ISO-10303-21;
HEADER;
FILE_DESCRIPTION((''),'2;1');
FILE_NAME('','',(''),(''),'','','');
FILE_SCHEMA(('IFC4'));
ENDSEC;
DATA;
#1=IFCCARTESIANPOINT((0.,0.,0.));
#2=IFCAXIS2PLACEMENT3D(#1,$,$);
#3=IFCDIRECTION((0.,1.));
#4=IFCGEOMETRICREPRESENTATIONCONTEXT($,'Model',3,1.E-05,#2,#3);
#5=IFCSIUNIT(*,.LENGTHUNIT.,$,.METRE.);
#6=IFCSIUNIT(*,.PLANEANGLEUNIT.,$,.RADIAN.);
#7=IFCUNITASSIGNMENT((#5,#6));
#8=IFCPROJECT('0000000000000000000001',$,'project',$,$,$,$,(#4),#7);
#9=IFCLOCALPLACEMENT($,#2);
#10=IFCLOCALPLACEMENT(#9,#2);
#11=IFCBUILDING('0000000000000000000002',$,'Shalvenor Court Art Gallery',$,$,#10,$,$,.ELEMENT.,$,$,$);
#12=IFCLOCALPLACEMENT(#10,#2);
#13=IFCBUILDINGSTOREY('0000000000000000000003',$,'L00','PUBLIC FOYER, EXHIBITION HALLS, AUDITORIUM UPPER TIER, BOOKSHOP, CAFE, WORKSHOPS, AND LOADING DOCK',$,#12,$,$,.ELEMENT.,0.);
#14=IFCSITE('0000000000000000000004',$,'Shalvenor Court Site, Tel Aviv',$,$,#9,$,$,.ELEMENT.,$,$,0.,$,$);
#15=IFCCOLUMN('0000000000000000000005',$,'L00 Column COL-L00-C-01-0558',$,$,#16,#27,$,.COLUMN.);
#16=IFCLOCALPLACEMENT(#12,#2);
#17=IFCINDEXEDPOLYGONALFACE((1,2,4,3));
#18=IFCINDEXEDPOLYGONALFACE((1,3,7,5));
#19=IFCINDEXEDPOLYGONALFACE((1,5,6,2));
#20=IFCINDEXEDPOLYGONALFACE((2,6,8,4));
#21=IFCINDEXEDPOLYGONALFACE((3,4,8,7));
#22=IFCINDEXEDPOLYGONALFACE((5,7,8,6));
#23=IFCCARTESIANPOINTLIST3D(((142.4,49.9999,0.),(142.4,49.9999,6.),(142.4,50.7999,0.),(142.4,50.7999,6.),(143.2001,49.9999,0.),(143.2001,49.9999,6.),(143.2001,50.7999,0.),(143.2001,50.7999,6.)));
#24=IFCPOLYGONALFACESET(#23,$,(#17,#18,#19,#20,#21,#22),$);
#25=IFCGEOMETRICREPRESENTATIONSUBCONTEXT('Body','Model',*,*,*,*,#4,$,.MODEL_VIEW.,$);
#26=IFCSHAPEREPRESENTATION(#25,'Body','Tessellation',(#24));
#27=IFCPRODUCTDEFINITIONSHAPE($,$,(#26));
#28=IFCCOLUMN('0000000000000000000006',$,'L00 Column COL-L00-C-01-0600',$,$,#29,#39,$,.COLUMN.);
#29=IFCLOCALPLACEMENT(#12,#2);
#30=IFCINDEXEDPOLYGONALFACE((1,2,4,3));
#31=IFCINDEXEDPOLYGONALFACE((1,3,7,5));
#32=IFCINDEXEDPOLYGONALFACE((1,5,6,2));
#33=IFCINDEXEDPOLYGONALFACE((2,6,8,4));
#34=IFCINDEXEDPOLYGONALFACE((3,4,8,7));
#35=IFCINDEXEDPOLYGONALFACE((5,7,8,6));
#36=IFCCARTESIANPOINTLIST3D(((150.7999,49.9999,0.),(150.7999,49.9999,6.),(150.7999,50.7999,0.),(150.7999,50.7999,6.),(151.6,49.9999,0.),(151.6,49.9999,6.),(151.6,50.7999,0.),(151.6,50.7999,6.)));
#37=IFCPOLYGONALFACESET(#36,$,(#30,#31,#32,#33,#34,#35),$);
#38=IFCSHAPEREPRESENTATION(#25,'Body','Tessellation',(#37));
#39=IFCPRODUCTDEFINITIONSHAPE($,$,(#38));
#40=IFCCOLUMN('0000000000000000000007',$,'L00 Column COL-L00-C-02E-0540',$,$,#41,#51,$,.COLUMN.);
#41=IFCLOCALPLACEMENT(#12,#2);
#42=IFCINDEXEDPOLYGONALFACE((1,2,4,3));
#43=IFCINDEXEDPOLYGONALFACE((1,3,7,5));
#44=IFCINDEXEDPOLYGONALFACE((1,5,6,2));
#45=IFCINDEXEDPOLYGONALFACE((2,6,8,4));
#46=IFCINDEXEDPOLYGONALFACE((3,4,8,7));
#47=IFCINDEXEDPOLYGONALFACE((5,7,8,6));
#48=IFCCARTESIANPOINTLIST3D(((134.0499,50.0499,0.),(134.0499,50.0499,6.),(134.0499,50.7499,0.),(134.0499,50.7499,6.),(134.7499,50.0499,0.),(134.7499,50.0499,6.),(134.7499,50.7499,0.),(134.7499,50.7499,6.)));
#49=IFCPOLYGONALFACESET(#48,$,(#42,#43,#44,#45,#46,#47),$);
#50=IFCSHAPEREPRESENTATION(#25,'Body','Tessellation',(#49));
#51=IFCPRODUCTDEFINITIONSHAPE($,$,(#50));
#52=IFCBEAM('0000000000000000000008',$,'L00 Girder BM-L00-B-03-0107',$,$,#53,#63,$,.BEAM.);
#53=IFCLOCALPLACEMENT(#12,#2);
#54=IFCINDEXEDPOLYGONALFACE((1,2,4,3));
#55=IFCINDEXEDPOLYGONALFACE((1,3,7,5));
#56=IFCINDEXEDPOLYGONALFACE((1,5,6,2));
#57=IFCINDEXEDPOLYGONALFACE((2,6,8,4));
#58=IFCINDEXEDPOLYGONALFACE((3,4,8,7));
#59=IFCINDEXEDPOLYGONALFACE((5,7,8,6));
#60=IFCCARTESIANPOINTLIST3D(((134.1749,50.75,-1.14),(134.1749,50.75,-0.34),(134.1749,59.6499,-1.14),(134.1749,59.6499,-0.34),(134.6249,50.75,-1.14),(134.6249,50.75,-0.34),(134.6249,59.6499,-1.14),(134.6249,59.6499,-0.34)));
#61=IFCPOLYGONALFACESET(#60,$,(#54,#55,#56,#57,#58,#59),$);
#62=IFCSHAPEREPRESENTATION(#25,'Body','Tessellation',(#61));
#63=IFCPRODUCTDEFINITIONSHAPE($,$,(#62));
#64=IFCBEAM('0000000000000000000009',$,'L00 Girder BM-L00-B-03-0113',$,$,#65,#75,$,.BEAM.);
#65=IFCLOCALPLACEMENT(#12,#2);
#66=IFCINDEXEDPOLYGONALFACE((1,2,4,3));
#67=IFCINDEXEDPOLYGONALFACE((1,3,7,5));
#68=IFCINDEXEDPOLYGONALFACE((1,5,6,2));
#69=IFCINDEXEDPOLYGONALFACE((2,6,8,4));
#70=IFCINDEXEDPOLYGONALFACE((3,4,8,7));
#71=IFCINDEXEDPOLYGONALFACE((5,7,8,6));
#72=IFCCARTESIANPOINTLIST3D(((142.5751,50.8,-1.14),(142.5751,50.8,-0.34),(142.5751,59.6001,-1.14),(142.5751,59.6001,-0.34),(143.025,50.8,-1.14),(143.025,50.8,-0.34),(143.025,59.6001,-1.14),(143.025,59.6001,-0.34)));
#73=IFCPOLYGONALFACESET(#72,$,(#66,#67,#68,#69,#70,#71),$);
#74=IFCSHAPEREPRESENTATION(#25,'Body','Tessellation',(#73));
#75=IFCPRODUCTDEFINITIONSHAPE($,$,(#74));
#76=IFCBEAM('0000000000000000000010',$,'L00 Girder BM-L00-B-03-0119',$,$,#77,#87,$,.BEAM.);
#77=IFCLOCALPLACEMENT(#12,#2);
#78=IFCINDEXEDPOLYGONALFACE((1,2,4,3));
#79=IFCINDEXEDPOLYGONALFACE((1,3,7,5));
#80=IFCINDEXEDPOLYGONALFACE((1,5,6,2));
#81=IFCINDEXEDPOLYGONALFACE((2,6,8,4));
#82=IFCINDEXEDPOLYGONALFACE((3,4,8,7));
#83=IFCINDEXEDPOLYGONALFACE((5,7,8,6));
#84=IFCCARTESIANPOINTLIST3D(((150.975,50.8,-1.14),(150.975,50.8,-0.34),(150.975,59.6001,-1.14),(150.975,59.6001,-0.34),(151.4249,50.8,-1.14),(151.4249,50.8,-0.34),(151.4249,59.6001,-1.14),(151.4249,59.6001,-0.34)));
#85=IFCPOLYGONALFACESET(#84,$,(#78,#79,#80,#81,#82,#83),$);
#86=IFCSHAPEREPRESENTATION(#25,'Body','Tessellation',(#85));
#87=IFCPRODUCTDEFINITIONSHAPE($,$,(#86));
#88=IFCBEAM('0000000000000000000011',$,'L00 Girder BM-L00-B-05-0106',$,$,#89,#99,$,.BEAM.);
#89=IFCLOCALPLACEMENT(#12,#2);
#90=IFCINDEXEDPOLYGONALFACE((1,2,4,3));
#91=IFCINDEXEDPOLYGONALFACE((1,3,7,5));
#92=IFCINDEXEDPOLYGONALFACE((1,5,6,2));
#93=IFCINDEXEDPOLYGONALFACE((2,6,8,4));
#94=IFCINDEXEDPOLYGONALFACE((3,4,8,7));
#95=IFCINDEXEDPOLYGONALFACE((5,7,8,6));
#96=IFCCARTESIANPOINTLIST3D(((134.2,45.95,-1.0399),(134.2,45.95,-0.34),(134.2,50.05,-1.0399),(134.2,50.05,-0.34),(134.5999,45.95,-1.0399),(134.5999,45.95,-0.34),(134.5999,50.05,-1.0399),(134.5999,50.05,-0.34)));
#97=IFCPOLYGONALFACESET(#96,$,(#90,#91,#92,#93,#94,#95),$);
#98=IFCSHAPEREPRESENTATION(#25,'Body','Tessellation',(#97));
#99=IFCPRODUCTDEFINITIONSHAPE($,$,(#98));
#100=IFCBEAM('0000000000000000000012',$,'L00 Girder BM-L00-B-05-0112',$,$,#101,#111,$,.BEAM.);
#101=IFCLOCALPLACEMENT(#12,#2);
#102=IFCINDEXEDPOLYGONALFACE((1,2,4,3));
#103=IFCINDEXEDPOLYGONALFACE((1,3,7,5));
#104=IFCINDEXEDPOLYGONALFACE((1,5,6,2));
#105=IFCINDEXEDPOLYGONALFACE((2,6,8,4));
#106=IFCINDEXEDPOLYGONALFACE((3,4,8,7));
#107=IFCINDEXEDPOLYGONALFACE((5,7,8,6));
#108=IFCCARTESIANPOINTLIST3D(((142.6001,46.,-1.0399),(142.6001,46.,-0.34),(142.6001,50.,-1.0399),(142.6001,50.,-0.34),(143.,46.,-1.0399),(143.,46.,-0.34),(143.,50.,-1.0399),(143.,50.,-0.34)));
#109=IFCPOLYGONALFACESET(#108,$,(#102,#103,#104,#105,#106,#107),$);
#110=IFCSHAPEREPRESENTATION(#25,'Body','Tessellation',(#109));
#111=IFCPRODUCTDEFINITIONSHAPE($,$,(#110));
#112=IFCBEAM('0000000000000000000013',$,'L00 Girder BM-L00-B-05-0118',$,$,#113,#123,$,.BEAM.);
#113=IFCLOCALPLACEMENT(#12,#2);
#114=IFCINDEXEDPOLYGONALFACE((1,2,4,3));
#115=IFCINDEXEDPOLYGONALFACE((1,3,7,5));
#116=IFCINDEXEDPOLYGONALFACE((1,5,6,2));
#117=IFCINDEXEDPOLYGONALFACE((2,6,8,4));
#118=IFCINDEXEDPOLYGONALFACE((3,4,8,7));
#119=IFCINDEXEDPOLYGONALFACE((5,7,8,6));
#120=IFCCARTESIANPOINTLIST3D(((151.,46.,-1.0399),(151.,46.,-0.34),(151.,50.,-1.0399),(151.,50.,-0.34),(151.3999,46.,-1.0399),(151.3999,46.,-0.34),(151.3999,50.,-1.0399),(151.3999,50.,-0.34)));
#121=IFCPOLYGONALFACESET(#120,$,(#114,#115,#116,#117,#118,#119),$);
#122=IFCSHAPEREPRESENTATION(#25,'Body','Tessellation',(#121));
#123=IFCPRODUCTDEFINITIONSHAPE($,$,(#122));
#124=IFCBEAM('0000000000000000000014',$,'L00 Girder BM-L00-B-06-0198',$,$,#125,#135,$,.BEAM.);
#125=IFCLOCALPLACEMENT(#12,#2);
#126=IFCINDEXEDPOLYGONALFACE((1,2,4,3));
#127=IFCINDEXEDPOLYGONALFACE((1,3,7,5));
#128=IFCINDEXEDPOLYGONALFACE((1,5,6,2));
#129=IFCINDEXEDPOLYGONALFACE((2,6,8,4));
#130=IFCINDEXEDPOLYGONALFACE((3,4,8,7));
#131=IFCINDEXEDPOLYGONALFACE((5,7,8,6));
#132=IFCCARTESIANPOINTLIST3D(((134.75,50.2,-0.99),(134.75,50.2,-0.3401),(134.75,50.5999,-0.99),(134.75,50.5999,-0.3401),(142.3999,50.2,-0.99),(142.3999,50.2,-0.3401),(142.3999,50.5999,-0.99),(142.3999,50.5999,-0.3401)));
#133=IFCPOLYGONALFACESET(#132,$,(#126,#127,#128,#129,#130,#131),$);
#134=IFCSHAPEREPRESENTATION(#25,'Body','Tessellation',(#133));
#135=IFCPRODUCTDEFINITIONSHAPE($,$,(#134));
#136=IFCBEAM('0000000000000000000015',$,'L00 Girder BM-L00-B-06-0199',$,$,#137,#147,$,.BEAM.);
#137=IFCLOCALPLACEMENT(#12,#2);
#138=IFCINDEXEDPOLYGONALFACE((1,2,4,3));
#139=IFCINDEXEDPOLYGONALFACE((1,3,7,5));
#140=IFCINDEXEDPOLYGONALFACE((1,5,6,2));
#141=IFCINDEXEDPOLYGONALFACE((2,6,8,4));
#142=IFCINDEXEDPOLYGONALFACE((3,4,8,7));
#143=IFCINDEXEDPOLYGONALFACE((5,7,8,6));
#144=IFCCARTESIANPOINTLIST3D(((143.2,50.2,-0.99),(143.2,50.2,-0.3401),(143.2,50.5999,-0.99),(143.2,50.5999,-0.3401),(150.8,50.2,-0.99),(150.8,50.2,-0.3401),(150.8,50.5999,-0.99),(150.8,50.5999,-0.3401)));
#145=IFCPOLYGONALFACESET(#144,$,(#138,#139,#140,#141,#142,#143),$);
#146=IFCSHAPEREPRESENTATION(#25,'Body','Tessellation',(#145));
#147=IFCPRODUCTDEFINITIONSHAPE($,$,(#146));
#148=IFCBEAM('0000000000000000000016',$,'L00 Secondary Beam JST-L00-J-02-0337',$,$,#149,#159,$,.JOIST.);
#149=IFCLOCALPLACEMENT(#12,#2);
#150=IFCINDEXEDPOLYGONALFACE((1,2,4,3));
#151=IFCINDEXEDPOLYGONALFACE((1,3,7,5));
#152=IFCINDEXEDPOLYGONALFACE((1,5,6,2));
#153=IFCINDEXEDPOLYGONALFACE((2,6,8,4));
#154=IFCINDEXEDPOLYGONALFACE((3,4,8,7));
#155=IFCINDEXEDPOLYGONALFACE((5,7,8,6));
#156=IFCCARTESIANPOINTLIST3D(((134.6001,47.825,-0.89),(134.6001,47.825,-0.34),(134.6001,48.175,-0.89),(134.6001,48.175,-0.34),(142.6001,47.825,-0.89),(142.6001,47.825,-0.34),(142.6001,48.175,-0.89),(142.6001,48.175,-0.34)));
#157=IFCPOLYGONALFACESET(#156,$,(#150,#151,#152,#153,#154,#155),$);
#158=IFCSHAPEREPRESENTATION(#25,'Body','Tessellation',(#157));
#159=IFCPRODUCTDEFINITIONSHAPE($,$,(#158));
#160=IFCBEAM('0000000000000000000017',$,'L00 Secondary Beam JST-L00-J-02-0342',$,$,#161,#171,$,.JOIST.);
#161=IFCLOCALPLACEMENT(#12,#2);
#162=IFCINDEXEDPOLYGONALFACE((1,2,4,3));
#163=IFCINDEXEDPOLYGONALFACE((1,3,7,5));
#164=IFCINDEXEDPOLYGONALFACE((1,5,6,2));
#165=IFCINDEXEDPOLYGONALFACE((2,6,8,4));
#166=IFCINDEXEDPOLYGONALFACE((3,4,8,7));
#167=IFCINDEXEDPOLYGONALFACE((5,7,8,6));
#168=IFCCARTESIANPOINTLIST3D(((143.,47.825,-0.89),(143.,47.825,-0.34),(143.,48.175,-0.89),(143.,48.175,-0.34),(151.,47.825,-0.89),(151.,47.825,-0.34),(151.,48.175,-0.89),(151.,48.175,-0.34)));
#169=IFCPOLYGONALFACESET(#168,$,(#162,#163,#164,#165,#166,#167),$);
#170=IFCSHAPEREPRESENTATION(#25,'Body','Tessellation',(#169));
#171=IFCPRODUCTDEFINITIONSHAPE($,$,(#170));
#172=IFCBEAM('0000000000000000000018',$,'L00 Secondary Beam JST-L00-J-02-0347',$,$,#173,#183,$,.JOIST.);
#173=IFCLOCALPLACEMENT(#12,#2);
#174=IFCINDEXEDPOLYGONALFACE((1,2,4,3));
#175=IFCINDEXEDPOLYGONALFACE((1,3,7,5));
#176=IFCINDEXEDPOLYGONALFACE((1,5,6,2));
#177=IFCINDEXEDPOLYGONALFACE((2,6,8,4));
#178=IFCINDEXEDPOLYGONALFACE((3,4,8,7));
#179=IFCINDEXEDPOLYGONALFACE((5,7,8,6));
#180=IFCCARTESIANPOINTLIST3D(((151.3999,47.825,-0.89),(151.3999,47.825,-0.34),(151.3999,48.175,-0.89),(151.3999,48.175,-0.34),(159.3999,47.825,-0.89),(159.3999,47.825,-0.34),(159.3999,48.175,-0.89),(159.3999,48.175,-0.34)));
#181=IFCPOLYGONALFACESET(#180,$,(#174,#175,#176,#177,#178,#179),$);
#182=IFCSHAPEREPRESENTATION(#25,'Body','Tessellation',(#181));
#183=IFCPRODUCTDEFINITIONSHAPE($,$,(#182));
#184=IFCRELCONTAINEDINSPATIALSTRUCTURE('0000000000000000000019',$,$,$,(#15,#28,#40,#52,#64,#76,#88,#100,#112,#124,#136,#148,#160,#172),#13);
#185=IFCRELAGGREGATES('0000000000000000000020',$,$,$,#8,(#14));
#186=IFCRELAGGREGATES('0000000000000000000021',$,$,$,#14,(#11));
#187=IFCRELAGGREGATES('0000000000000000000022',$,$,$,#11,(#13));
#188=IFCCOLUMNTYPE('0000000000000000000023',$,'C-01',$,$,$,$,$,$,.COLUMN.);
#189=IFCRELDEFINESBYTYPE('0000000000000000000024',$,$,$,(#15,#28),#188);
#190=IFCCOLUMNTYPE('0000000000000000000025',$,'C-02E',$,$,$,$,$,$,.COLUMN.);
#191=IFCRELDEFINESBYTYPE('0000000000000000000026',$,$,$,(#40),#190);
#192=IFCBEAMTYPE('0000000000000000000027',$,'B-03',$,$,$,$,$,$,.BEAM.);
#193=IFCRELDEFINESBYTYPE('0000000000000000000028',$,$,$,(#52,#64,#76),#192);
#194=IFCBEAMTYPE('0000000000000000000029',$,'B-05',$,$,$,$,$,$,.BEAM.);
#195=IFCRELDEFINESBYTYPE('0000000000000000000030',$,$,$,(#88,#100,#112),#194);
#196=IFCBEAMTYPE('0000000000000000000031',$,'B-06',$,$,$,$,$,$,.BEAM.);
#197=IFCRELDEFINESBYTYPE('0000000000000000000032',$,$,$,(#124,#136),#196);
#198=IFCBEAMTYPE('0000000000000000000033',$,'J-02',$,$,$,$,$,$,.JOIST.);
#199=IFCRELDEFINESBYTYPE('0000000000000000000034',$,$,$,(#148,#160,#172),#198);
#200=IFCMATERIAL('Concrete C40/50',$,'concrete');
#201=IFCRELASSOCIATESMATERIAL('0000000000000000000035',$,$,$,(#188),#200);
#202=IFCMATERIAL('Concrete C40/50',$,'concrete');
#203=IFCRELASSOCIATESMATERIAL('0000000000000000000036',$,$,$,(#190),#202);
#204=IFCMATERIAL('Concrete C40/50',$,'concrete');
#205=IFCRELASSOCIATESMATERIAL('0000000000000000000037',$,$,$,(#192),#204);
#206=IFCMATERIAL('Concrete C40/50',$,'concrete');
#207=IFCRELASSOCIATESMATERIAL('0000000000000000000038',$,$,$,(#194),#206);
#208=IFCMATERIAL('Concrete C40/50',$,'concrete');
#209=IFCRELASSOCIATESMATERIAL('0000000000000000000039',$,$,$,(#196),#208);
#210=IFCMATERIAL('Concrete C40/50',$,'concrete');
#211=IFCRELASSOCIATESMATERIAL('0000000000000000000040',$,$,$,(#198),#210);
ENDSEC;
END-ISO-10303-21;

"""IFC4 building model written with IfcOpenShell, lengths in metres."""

from ifc_helpers import new_model, si_unit, direction, frame, origin, origin_2d, place, context, subcontext, project, spatial, rectangle, extrude, material, material_profile, profile_set, type_object, element, save


model = new_model("IFC4")

# Units and contexts
model_context = context("Model", 3, precision=1e-05, world=origin(), true_north=direction((0.0, 1.0)))
body_context = subcontext(model_context, "Body", "Model", "MODEL_VIEW")
ifc_project = project(units=[si_unit("LENGTHUNIT", "METRE"), si_unit("PLANEANGLEUNIT", "RADIAN")], contexts=[model_context])

# Site, building, storey
site_placement = place(None, origin())
site = spatial("IfcSite", under=ifc_project, at=site_placement, Name="Shalvenor Court Site, Tel Aviv", CompositionType="ELEMENT", RefElevation=0.0)
building_placement = place(site_placement, origin())
building = spatial("IfcBuilding", under=site, at=building_placement, Name="Shalvenor Court Art Gallery", CompositionType="ELEMENT")
storey_placement = place(building_placement, origin())
storey = spatial("IfcBuildingStorey", under=building, at=storey_placement, Name="L00", Description="PUBLIC FOYER, EXHIBITION HALLS, AUDITORIUM UPPER TIER, BOOKSHOP, CAFE, WORKSHOPS, AND LOADING DOCK", CompositionType="ELEMENT", Elevation=0.0)

# Columns
ifc_material_1 = material(Name="Concrete C40/50", Category="concrete")
ifc_material_profile_1 = material_profile(ifc_material_1, rectangle(XDim=0.8, YDim=0.8, at=origin_2d()), Name="RC 800x800")
ifc_profile_set_1 = profile_set([ifc_material_profile_1], Name="Concrete C40/50")
column_type_1 = type_object("IfcColumnType", Name="C-01", PredefinedType="COLUMN", material=ifc_profile_set_1)
for number, where, z_axis, x_axis, name in (
    (1, (142.8, 50.3999, 0.0), (0.0, 0.0, 1.0), (1.0, 0.0, 0.0), "L00 Column COL-L00-C-01-0558"),
    (2, (151.2, 50.3999, 0.0), (0.0, 0.0, 1.0), (1.0, 0.0, 0.0), "L00 Column COL-L00-C-01-0600"),
):
    element("IfcColumn", number, at=place(storey_placement, frame(where, z_axis=z_axis, x_axis=x_axis)), inside=storey, type_object=column_type_1, Name=name, PredefinedType="COLUMN", context=body_context, shape_type="SweptSolid", body=[
        extrude(rectangle(XDim=0.8, YDim=0.8, at=origin_2d()), origin(), (0.0, 0.0, 1.0), 6.0),
    ])
ifc_material_2 = material(Name="Concrete C40/50", Category="concrete")
ifc_material_profile_2 = material_profile(ifc_material_2, rectangle(XDim=0.7, YDim=0.7, at=origin_2d()), Name="RC 700x700")
ifc_profile_set_2 = profile_set([ifc_material_profile_2], Name="Concrete C40/50")
column_type_2 = type_object("IfcColumnType", Name="C-02E", PredefinedType="COLUMN", material=ifc_profile_set_2)
column_placement = place(storey_placement, frame((134.3999, 50.3999, 0.0), z_axis=(0.0, 0.0, 1.0), x_axis=(1.0, 0.0, 0.0)))
element("IfcColumn", 3, at=column_placement, inside=storey, type_object=column_type_2, Name="L00 Column COL-L00-C-02E-0540", PredefinedType="COLUMN", context=body_context, shape_type="SweptSolid", body=[
    extrude(rectangle(XDim=0.7, YDim=0.7, at=origin_2d()), origin(), (0.0, 0.0, 1.0), 6.0),
])

# Beams
ifc_material_3 = material(Name="Concrete C40/50", Category="concrete")
ifc_material_profile_3 = material_profile(ifc_material_3, rectangle(XDim=0.45, YDim=0.8, at=origin_2d()), Name="RC 450x800")
ifc_profile_set_3 = profile_set([ifc_material_profile_3], Name="Concrete C40/50")
beam_type_1 = type_object("IfcBeamType", Name="B-03", PredefinedType="BEAM", material=ifc_profile_set_3)
beam_1_placement = place(storey_placement, frame((134.3999, 50.75, -0.74), z_axis=(0.0, 1.0, 0.0), x_axis=(-1.0, 0.0, 0.0)))
element("IfcBeam", 4, at=beam_1_placement, inside=storey, type_object=beam_type_1, Name="L00 Girder BM-L00-B-03-0107", PredefinedType="BEAM", context=body_context, shape_type="SweptSolid", body=[
    extrude(rectangle(XDim=0.45, YDim=0.8, at=origin_2d()), origin(), (0.0, 0.0, 1.0), 8.8999),
])
for number, where, z_axis, x_axis, name in (
    (5, (142.8, 50.8, -0.74), (0.0, 1.0, 0.0), (-1.0, 0.0, 0.0), "L00 Girder BM-L00-B-03-0113"),
    (6, (151.2, 50.8, -0.74), (0.0, 1.0, 0.0), (-1.0, 0.0, 0.0), "L00 Girder BM-L00-B-03-0119"),
):
    element("IfcBeam", number, at=place(storey_placement, frame(where, z_axis=z_axis, x_axis=x_axis)), inside=storey, type_object=beam_type_1, Name=name, PredefinedType="BEAM", context=body_context, shape_type="SweptSolid", body=[
        extrude(rectangle(XDim=0.45, YDim=0.8, at=origin_2d()), origin(), (0.0, 0.0, 1.0), 8.8),
    ])
ifc_material_4 = material(Name="Concrete C40/50", Category="concrete")
ifc_material_profile_4 = material_profile(ifc_material_4, rectangle(XDim=0.3999, YDim=0.7, at=origin_2d()), Name="RC 400x700")
ifc_profile_set_4 = profile_set([ifc_material_profile_4], Name="Concrete C40/50")
beam_type_2 = type_object("IfcBeamType", Name="B-05", PredefinedType="BEAM", material=ifc_profile_set_4)
beam_2_placement = place(storey_placement, frame((134.3999, 45.95, -0.6899), z_axis=(0.0, 1.0, 0.0), x_axis=(-1.0, 0.0, 0.0)))
element("IfcBeam", 7, at=beam_2_placement, inside=storey, type_object=beam_type_2, Name="L00 Girder BM-L00-B-05-0106", PredefinedType="BEAM", context=body_context, shape_type="SweptSolid", body=[
    extrude(rectangle(XDim=0.3999, YDim=0.7, at=origin_2d()), origin(), (0.0, 0.0, 1.0), 4.1001),
])
for number, where, z_axis, x_axis, name in (
    (8, (142.8, 46.0, -0.6899), (0.0, 1.0, 0.0), (-1.0, 0.0, 0.0), "L00 Girder BM-L00-B-05-0112"),
    (9, (151.2, 46.0, -0.6899), (0.0, 1.0, 0.0), (-1.0, 0.0, 0.0), "L00 Girder BM-L00-B-05-0118"),
):
    element("IfcBeam", number, at=place(storey_placement, frame(where, z_axis=z_axis, x_axis=x_axis)), inside=storey, type_object=beam_type_2, Name=name, PredefinedType="BEAM", context=body_context, shape_type="SweptSolid", body=[
        extrude(rectangle(XDim=0.3999, YDim=0.7, at=origin_2d()), origin(), (0.0, 0.0, 1.0), 4.0),
    ])
ifc_material_5 = material(Name="Concrete C40/50", Category="concrete")
ifc_material_profile_5 = material_profile(ifc_material_5, rectangle(XDim=0.3999, YDim=0.6499, at=origin_2d()), Name="RC 400x650")
ifc_profile_set_5 = profile_set([ifc_material_profile_5], Name="Concrete C40/50")
beam_type_3 = type_object("IfcBeamType", Name="B-06", PredefinedType="BEAM", material=ifc_profile_set_5)
beam_3_placement = place(storey_placement, frame((134.75, 50.3999, -0.665), z_axis=(1.0, 0.0, 0.0), x_axis=(0.0, 1.0, 0.0)))
element("IfcBeam", 10, at=beam_3_placement, inside=storey, type_object=beam_type_3, Name="L00 Girder BM-L00-B-06-0198", PredefinedType="BEAM", context=body_context, shape_type="SweptSolid", body=[
    extrude(rectangle(XDim=0.3999, YDim=0.6499, at=origin_2d()), origin(), (0.0, 0.0, 1.0), 7.6499),
])
beam_4_placement = place(storey_placement, frame((143.2, 50.3999, -0.665), z_axis=(1.0, 0.0, 0.0), x_axis=(0.0, 1.0, 0.0)))
element("IfcBeam", 11, at=beam_4_placement, inside=storey, type_object=beam_type_3, Name="L00 Girder BM-L00-B-06-0199", PredefinedType="BEAM", context=body_context, shape_type="SweptSolid", body=[
    extrude(rectangle(XDim=0.3999, YDim=0.6499, at=origin_2d()), origin(), (0.0, 0.0, 1.0), 7.6001),
])
ifc_material_6 = material(Name="Concrete C40/50", Category="concrete")
ifc_material_profile_6 = material_profile(ifc_material_6, rectangle(XDim=0.3501, YDim=0.55, at=origin_2d()), Name="RC 350x550")
ifc_profile_set_6 = profile_set([ifc_material_profile_6], Name="Concrete C40/50")
beam_type_4 = type_object("IfcBeamType", Name="J-02", PredefinedType="JOIST", material=ifc_profile_set_6)
for number, where, z_axis, x_axis, name in (
    (12, (134.6001, 48.0, -0.615), (1.0, 0.0, 0.0), (0.0, 1.0, 0.0), "L00 Secondary Beam JST-L00-J-02-0337"),
    (13, (143.0, 48.0, -0.615), (1.0, 0.0, 0.0), (0.0, 1.0, 0.0), "L00 Secondary Beam JST-L00-J-02-0342"),
    (14, (151.3999, 48.0, -0.615), (1.0, 0.0, 0.0), (0.0, 1.0, 0.0), "L00 Secondary Beam JST-L00-J-02-0347"),
):
    element("IfcBeam", number, at=place(storey_placement, frame(where, z_axis=z_axis, x_axis=x_axis)), inside=storey, type_object=beam_type_4, Name=name, PredefinedType="JOIST", context=body_context, shape_type="SweptSolid", body=[
        extrude(rectangle(XDim=0.3501, YDim=0.55, at=origin_2d()), origin(), (0.0, 0.0, 1.0), 8.0),
    ])

save(model, "model.ifc")
